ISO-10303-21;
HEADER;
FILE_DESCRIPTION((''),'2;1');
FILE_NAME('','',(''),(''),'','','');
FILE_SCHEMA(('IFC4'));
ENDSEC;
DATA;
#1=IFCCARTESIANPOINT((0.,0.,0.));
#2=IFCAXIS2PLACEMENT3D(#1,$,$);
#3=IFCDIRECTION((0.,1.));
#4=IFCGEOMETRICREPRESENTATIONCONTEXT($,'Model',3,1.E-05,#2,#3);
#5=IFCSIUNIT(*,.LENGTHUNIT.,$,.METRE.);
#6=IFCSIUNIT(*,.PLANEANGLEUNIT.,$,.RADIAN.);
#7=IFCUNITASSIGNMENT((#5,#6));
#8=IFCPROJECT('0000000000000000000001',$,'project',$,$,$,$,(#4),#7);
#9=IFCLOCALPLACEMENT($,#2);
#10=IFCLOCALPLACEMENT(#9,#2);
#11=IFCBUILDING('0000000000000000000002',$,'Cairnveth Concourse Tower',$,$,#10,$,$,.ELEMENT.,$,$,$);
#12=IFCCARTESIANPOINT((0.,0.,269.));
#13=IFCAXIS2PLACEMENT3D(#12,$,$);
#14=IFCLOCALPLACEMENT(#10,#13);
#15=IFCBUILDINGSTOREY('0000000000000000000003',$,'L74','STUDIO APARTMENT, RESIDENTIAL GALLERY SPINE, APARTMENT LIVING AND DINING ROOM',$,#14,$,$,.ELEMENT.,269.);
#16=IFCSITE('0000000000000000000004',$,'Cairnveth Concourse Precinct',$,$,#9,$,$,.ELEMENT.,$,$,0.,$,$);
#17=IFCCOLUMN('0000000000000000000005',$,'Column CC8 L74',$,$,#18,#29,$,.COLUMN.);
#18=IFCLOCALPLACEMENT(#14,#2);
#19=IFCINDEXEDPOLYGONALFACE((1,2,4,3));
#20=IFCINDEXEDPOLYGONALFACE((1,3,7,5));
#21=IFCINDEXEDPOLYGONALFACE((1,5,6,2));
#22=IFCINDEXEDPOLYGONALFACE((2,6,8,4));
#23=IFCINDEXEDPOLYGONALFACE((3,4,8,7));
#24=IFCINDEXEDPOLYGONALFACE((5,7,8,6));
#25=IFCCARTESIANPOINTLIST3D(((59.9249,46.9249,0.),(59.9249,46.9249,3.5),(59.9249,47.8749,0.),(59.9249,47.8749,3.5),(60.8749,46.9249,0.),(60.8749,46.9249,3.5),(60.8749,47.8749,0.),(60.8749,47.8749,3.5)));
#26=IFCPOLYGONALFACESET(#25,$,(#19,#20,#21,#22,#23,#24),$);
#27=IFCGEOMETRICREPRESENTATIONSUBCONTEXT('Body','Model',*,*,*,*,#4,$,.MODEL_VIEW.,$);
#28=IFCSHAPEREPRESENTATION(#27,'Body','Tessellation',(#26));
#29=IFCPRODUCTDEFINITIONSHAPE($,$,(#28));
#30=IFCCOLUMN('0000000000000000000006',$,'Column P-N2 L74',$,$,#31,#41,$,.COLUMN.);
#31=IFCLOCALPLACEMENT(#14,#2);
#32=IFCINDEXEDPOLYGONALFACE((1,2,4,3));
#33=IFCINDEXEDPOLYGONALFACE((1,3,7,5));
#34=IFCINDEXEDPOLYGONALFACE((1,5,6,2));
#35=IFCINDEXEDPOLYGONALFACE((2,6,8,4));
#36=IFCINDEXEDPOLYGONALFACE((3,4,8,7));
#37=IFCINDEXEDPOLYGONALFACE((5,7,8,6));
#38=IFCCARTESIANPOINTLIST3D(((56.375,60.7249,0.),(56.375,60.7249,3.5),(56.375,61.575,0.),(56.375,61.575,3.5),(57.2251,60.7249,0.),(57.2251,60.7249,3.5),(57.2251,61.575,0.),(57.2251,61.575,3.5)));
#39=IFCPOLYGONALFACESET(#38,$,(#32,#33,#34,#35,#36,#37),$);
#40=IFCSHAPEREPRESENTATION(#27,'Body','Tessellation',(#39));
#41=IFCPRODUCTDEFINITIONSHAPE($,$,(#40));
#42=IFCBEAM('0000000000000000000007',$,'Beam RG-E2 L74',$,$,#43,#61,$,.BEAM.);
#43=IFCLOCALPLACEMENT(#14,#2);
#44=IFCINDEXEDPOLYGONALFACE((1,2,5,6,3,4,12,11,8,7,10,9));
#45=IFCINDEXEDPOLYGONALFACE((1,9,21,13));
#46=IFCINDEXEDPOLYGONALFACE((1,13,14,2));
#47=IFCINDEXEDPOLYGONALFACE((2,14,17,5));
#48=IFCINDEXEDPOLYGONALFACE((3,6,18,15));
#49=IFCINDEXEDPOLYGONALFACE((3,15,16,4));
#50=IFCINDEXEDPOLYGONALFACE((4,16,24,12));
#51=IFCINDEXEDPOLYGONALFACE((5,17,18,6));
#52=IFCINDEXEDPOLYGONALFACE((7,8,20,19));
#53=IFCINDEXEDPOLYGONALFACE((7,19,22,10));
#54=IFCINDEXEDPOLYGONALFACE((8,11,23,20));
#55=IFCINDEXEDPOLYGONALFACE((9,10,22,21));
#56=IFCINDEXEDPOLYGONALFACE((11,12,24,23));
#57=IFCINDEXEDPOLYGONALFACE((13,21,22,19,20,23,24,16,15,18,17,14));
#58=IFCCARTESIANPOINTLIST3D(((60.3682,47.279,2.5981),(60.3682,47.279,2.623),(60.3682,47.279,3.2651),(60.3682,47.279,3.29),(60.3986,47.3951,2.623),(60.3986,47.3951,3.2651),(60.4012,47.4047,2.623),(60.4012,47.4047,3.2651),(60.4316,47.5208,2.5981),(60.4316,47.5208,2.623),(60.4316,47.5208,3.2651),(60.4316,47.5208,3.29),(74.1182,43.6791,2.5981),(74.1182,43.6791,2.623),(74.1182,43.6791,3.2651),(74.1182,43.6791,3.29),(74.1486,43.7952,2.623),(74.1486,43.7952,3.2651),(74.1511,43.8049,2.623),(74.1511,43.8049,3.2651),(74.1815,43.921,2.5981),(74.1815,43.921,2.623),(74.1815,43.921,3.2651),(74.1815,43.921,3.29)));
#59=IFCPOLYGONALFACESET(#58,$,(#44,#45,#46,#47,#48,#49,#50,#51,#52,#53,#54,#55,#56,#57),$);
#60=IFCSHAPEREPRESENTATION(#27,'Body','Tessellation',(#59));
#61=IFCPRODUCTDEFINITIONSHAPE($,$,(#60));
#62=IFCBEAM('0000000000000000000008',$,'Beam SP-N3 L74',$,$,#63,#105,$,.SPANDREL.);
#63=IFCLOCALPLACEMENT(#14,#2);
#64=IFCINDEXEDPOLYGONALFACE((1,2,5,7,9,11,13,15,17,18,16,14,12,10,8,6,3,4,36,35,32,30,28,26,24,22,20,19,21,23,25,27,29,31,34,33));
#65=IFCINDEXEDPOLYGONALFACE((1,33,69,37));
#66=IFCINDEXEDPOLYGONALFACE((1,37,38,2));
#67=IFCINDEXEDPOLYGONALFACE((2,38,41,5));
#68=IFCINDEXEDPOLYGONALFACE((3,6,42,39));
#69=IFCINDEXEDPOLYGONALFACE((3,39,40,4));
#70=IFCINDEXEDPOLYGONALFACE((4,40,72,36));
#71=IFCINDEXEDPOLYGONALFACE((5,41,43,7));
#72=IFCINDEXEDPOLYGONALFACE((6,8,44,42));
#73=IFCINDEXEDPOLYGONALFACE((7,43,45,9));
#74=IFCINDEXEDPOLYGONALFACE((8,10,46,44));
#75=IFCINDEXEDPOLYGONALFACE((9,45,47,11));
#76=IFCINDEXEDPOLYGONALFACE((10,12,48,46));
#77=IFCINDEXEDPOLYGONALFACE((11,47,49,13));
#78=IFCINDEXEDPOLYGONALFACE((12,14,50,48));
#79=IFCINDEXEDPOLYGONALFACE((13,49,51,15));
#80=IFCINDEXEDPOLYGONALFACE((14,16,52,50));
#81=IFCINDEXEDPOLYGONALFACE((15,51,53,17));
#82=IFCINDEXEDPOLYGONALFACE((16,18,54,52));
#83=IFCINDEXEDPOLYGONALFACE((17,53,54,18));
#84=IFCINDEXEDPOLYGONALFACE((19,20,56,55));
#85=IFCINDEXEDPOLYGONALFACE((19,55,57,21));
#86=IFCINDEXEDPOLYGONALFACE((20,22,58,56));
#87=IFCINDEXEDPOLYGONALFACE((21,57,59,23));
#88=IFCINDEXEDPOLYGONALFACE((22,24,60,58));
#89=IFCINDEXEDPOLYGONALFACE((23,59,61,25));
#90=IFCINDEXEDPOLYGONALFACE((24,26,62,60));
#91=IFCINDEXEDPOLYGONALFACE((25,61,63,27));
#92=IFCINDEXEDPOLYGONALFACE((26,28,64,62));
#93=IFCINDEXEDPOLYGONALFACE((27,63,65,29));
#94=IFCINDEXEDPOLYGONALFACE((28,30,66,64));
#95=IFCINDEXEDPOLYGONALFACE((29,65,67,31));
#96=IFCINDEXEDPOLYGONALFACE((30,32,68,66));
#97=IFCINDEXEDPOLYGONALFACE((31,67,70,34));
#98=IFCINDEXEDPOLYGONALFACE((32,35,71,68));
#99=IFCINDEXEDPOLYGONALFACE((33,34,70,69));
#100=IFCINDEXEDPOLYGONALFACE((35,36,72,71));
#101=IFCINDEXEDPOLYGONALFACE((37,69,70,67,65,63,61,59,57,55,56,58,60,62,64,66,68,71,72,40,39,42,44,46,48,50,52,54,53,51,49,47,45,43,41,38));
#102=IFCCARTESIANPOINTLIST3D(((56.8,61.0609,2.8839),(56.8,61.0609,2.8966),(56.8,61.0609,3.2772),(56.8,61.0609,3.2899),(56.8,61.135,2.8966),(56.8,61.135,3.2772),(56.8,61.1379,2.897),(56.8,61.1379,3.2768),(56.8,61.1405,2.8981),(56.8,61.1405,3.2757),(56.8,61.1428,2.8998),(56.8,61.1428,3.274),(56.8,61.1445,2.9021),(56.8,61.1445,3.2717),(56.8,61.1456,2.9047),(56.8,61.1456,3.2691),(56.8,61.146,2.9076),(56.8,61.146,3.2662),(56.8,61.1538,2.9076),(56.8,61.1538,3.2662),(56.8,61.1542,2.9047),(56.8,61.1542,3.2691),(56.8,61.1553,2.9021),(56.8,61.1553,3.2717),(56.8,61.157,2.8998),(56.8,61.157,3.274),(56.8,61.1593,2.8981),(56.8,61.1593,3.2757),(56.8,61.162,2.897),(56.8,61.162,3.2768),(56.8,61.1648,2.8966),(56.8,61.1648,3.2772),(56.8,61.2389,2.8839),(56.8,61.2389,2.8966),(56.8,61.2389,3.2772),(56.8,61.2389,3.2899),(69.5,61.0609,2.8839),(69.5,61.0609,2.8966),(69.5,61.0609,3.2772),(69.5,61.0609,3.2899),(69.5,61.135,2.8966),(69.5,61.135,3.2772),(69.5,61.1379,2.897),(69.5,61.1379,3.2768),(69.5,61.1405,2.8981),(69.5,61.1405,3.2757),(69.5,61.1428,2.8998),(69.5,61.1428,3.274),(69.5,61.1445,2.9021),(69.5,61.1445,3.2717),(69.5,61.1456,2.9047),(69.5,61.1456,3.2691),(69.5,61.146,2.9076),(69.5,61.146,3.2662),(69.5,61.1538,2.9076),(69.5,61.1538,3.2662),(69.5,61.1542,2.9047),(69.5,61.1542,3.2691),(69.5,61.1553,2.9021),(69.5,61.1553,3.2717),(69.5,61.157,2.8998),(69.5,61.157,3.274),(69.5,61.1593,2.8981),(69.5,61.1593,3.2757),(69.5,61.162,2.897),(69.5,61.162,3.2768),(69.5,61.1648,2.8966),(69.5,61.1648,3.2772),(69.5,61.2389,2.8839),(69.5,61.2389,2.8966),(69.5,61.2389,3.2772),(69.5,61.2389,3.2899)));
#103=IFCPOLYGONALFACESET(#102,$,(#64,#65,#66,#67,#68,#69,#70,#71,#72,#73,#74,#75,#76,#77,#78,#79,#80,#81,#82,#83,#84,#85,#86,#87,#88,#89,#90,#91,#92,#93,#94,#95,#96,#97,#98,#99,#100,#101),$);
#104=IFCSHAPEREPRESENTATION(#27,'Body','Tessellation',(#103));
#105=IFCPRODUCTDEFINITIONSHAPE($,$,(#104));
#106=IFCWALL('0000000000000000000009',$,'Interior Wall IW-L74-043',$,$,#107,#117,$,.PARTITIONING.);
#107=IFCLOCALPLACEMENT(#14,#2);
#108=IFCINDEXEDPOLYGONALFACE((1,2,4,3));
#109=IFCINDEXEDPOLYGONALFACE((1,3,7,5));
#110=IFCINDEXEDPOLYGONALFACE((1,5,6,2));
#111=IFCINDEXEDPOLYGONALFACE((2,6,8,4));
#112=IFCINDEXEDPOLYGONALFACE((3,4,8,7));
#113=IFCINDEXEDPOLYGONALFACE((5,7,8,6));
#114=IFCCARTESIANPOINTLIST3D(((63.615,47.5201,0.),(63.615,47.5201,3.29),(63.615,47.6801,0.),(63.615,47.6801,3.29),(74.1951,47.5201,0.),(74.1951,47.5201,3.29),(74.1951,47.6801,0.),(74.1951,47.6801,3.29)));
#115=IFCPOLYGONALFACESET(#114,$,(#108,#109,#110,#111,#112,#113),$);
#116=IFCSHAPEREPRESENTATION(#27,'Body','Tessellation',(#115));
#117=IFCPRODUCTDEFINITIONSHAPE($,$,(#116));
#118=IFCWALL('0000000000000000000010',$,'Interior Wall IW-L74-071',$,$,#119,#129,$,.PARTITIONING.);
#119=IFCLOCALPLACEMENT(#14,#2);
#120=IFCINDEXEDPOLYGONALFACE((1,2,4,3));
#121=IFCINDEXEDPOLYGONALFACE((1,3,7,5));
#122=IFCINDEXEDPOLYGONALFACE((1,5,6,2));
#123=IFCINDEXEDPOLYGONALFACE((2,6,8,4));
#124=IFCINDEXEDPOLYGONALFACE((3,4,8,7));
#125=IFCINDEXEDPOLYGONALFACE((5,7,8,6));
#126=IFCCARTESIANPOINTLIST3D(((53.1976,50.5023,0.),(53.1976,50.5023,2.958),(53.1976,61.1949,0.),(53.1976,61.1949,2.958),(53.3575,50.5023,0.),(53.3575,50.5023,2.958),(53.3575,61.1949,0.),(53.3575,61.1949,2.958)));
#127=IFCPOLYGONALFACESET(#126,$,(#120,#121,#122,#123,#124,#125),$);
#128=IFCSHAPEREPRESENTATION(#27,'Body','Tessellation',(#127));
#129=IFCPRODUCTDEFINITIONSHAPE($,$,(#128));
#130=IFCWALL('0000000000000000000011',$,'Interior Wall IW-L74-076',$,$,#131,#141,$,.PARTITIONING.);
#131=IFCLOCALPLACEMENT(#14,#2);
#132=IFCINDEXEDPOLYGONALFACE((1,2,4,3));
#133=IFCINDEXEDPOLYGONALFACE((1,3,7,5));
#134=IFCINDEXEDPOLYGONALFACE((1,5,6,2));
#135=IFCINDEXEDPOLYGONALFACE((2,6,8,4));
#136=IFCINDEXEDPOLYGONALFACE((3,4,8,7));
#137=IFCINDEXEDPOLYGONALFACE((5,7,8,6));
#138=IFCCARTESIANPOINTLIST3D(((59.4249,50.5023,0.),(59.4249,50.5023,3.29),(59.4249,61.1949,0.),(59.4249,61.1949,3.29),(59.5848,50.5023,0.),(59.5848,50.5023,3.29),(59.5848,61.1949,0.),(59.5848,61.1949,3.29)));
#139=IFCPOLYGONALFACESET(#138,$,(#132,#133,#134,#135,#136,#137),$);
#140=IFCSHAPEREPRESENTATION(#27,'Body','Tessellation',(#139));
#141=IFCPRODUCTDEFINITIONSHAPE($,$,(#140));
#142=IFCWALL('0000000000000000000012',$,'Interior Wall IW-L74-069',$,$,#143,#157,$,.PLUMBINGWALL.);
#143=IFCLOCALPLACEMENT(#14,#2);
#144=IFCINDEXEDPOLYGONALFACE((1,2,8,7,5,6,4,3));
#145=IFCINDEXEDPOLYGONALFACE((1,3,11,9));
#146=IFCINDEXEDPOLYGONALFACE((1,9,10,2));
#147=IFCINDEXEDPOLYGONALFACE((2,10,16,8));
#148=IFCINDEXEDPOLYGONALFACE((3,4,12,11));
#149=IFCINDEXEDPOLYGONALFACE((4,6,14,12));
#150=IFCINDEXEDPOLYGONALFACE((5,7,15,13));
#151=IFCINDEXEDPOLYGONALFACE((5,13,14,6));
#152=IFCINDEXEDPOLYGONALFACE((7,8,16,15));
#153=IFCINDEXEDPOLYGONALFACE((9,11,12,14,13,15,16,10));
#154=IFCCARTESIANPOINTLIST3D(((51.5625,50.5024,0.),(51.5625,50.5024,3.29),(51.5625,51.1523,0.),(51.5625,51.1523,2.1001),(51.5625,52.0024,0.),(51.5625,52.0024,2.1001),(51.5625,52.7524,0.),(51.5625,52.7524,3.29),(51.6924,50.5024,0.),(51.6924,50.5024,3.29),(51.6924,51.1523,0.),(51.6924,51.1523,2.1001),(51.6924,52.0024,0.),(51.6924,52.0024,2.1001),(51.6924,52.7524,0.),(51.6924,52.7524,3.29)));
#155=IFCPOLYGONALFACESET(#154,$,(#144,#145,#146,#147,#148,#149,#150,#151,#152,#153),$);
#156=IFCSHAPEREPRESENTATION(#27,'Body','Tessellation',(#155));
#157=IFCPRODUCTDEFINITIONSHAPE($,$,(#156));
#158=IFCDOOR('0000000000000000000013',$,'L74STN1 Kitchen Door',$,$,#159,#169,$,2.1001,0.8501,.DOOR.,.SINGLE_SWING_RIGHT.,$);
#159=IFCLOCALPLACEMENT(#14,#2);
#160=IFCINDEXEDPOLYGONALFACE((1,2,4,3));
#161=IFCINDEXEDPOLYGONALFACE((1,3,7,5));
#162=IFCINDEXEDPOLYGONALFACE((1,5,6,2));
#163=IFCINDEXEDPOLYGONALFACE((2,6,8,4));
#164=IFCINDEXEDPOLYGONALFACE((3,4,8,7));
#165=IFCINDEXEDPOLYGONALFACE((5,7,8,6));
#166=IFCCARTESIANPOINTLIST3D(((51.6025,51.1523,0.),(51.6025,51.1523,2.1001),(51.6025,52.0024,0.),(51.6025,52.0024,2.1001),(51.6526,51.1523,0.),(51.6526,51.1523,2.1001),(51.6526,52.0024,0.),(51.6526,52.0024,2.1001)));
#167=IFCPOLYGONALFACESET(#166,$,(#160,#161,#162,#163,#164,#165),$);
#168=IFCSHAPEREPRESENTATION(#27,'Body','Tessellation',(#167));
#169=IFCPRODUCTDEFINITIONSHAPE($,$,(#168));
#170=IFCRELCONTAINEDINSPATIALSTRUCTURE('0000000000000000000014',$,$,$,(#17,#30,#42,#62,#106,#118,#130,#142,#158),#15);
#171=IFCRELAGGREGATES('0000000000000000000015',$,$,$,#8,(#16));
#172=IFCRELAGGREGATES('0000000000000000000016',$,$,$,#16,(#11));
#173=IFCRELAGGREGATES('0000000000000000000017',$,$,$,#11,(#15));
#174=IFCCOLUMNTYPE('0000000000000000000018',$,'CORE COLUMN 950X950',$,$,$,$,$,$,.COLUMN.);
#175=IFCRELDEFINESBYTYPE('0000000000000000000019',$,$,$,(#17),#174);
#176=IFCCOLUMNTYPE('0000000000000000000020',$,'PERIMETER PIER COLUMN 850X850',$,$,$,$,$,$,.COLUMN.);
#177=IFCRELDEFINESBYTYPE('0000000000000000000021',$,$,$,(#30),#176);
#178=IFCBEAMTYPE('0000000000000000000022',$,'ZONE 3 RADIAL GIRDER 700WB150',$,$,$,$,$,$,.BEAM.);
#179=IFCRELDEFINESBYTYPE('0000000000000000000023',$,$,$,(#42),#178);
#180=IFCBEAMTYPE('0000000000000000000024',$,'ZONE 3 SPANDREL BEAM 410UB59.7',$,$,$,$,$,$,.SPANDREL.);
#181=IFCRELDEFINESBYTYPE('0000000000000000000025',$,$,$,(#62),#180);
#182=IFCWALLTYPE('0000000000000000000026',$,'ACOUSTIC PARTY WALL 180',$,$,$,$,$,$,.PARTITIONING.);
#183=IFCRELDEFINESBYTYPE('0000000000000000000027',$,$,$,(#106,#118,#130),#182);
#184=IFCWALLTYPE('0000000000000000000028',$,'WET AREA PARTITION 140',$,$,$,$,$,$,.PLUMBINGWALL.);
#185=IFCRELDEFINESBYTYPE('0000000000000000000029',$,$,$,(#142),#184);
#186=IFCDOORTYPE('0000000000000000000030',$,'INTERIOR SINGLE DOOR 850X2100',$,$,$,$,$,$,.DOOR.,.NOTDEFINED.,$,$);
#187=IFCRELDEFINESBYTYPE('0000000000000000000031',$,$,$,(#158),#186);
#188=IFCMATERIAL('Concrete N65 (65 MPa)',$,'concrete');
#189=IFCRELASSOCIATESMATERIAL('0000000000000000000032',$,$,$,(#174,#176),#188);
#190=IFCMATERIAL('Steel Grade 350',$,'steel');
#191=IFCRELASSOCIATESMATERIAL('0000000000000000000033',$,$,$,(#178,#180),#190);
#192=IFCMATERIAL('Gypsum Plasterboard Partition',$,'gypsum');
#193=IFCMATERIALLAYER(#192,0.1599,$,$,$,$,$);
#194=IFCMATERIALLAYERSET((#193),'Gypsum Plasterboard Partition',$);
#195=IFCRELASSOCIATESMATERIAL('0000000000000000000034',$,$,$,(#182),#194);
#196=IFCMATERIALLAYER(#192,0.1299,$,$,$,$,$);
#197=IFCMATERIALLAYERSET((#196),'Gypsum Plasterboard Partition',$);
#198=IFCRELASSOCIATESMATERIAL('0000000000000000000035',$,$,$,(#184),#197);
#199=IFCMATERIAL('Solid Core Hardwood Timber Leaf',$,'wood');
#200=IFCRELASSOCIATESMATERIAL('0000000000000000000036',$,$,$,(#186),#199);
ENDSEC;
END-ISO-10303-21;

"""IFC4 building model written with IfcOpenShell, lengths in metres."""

from ifc_helpers import new_model, si_unit, direction, frame, frame_2d, origin, origin_2d, place, context, subcontext, project, spatial, rectangle, i_section, extrude, material, layer, layer_set, material_profile, profile_set, type_object, element, fill, save


model = new_model("IFC4")

# Units and contexts
model_context = context("Model", 3, precision=1e-05, world=origin(), true_north=direction((0.0, 1.0)))
body_context = subcontext(model_context, "Body", "Model", "MODEL_VIEW")
ifc_project = project(units=[si_unit("LENGTHUNIT", "METRE"), si_unit("PLANEANGLEUNIT", "RADIAN")], contexts=[model_context])

# Site, building, storey
site_placement = place(None, origin())
site = spatial("IfcSite", under=ifc_project, at=site_placement, Name="Cairnveth Concourse Precinct", CompositionType="ELEMENT", RefElevation=0.0)
building_placement = place(site_placement, origin())
building = spatial("IfcBuilding", under=site, at=building_placement, Name="Cairnveth Concourse Tower", CompositionType="ELEMENT")
storey_placement = place(building_placement, frame((0.0, 0.0, 269.0)))
storey = spatial("IfcBuildingStorey", under=building, at=storey_placement, Name="L74", Description="STUDIO APARTMENT, RESIDENTIAL GALLERY SPINE, APARTMENT LIVING AND DINING ROOM", CompositionType="ELEMENT", Elevation=269.0)

# Columns
ifc_material_1 = material(Name="Concrete N65 (65 MPa)", Category="concrete")
ifc_material_profile_1 = material_profile(ifc_material_1, rectangle(XDim=0.95, YDim=0.95, at=origin_2d()), Name="RC-COL-950x950")
ifc_profile_set_1 = profile_set([ifc_material_profile_1], Name="Concrete N65 (65 MPa)")
column_type_1 = type_object("IfcColumnType", Name="CORE COLUMN 950X950", PredefinedType="COLUMN", material=ifc_profile_set_1)
column_1_placement = place(storey_placement, frame((60.3999, 47.3999, 0.0), z_axis=(0.0, 0.0, 1.0), x_axis=(1.0, 0.0, 0.0)))
element("IfcColumn", 1, at=column_1_placement, inside=storey, type_object=column_type_1, Name="Column CC8 L74", PredefinedType="COLUMN", context=body_context, shape_type="SweptSolid", body=[
    extrude(rectangle(XDim=0.95, YDim=0.95, at=origin_2d()), origin(), (0.0, 0.0, 1.0), 3.5),
])
ifc_material_profile_2 = material_profile(ifc_material_1, rectangle(XDim=0.8501, YDim=0.8501, at=origin_2d()), Name="RC-COL-850x850")
ifc_profile_set_2 = profile_set([ifc_material_profile_2], Name="Concrete N65 (65 MPa)")
column_type_2 = type_object("IfcColumnType", Name="PERIMETER PIER COLUMN 850X850", PredefinedType="COLUMN", material=ifc_profile_set_2)
column_2_placement = place(storey_placement, frame((56.8, 61.1499, 0.0), z_axis=(0.0, 0.0, 1.0), x_axis=(1.0, 0.0, 0.0)))
element("IfcColumn", 2, at=column_2_placement, inside=storey, type_object=column_type_2, Name="Column P-N2 L74", PredefinedType="COLUMN", context=body_context, shape_type="SweptSolid", body=[
    extrude(rectangle(XDim=0.8501, YDim=0.8501, at=origin_2d()), origin(), (0.0, 0.0, 1.0), 3.5),
])

# Beams
ifc_material_2 = material(Name="Steel Grade 350", Category="steel")
ifc_material_profile_3 = material_profile(ifc_material_2, i_section(OverallWidth=0.25, OverallDepth=0.6919, WebThickness=0.01, FlangeThickness=0.0249, at=origin_2d()), Name="700WB150")
ifc_profile_set_3 = profile_set([ifc_material_profile_3], Name="Steel Grade 350")
beam_type_1 = type_object("IfcBeamType", Name="ZONE 3 RADIAL GIRDER 700WB150", PredefinedType="BEAM", material=ifc_profile_set_3)
beam_1_placement = place(storey_placement, frame((60.3999, 47.3999, 2.9441), z_axis=(0.967395, -0.253271, 0.0), x_axis=(0.253271, 0.967395, 0.0)))
element("IfcBeam", 3, at=beam_1_placement, inside=storey, type_object=beam_type_1, Name="Beam RG-E2 L74", PredefinedType="BEAM", context=body_context, shape_type="SweptSolid", body=[
    extrude(i_section(OverallWidth=0.25, OverallDepth=0.6919, WebThickness=0.01, FlangeThickness=0.0249, at=origin_2d()), origin(), (0.0, 0.0, 1.0), 14.2134),
])
ifc_material_profile_4 = material_profile(ifc_material_2, i_section(OverallWidth=0.178, OverallDepth=0.406, WebThickness=0.0078, FlangeThickness=0.0127, FilletRadius=0.011, at=origin_2d()), Name="410UB59.7")
ifc_profile_set_4 = profile_set([ifc_material_profile_4], Name="Steel Grade 350")
beam_type_2 = type_object("IfcBeamType", Name="ZONE 3 SPANDREL BEAM 410UB59.7", PredefinedType="SPANDREL", material=ifc_profile_set_4)
beam_2_placement = place(storey_placement, frame((56.8, 61.1499, 3.0869), z_axis=(1.0, 0.0, 0.0), x_axis=(0.0, 1.0, 0.0)))
element("IfcBeam", 4, at=beam_2_placement, inside=storey, type_object=beam_type_2, Name="Beam SP-N3 L74", PredefinedType="SPANDREL", context=body_context, shape_type="SweptSolid", body=[
    extrude(i_section(OverallWidth=0.178, OverallDepth=0.406, WebThickness=0.0078, FlangeThickness=0.0127, FilletRadius=0.011, at=origin_2d()), origin(), (0.0, 0.0, 1.0), 12.7),
])

# Walls
ifc_material_3 = material(Name="Gypsum Plasterboard Partition", Category="gypsum")
ifc_layer_1 = layer(ifc_material_3, 0.1599)
ifc_layer_set_1 = layer_set([ifc_layer_1], Name="Gypsum Plasterboard Partition")
wall_type_1 = type_object("IfcWallType", Name="ACOUSTIC PARTY WALL 180", PredefinedType="PARTITIONING", material=ifc_layer_set_1)
wall_1_placement = place(storey_placement, frame((63.615, 47.6001, 0.0), z_axis=(0.0, 0.0, 1.0), x_axis=(1.0, 0.0, 0.0)))
element("IfcWall", 5, at=wall_1_placement, inside=storey, type_object=wall_type_1, Name="Interior Wall IW-L74-043", PredefinedType="PARTITIONING", context=body_context, shape_type="SweptSolid", body=[
    extrude(rectangle(XDim=10.5801, YDim=0.1599, at=frame_2d((5.29, 0.0))), origin(), (0.0, 0.0, 1.0), 3.29),
])
wall_2_placement = place(storey_placement, frame((53.2776, 50.5024, 0.0), z_axis=(0.0, 0.0, 1.0), x_axis=(0.0, 1.0, 0.0)))
element("IfcWall", 6, at=wall_2_placement, inside=storey, type_object=wall_type_1, Name="Interior Wall IW-L74-071", PredefinedType="PARTITIONING", context=body_context, shape_type="SweptSolid", body=[
    extrude(rectangle(XDim=10.6926, YDim=0.1599, at=frame_2d((5.3462, 0.0))), origin(), (0.0, 0.0, 1.0), 2.958),
])
wall_3_placement = place(storey_placement, frame((59.5049, 50.5024, 0.0), z_axis=(0.0, 0.0, 1.0), x_axis=(0.0, 1.0, 0.0)))
element("IfcWall", 7, at=wall_3_placement, inside=storey, type_object=wall_type_1, Name="Interior Wall IW-L74-076", PredefinedType="PARTITIONING", context=body_context, shape_type="SweptSolid", body=[
    extrude(rectangle(XDim=10.6926, YDim=0.1599, at=frame_2d((5.3462, 0.0))), origin(), (0.0, 0.0, 1.0), 3.29),
])

# Wall, opening, door
ifc_layer_2 = layer(ifc_material_3, 0.1299)
ifc_layer_set_2 = layer_set([ifc_layer_2], Name="Gypsum Plasterboard Partition")
wall_type_2 = type_object("IfcWallType", Name="WET AREA PARTITION 140", PredefinedType="PLUMBINGWALL", material=ifc_layer_set_2)
wall_4_placement = place(storey_placement, frame((51.6274, 50.5024, 0.0), z_axis=(0.0, 0.0, 1.0), x_axis=(0.0, 1.0, 0.0)))
wall_4 = element("IfcWall", 8, at=wall_4_placement, inside=storey, type_object=wall_type_2, Name="Interior Wall IW-L74-069", PredefinedType="PLUMBINGWALL", context=body_context, shape_type="SweptSolid", body=[
    extrude(rectangle(XDim=2.25, YDim=0.1299, at=frame_2d((1.125, 0.0))), origin(), (0.0, 0.0, 1.0), 3.29),
])
opening_1_placement = place(wall_4_placement, frame((0.6499, 0.0, 0.0)))
opening_1 = element("IfcOpeningElement", 9, at=opening_1_placement, cuts=wall_4, PredefinedType="OPENING", context=body_context, shape_type="SweptSolid", body=[
    extrude(rectangle(XDim=0.8501, YDim=2.1001, at=frame_2d((0.425, 1.05))), frame((0.0, 0.075, 0.0), z_axis=(0.0, -1.0, 0.0), x_axis=(1.0, 0.0, 0.0)), (0.0, 0.0, 1.0), 0.1499),
])
ifc_material_4 = material(Name="Solid Core Hardwood Timber Leaf", Category="wood")
door_type_1 = type_object("IfcDoorType", Name="INTERIOR SINGLE DOOR 850X2100", OperationType="NOTDEFINED", PredefinedType="DOOR", material=ifc_material_4)
door_1_placement = place(opening_1_placement, origin())
door_1 = element("IfcDoor", 10, at=door_1_placement, inside=storey, type_object=door_type_1, Name="L74STN1 Kitchen Door", OperationType="SINGLE_SWING_RIGHT", OverallHeight=2.1001, OverallWidth=0.8501, PredefinedType="DOOR", context=body_context, shape_type="SweptSolid", body=[
    extrude(rectangle(XDim=0.8501, YDim=2.1001, at=frame_2d((0.425, 1.05))), frame((0.0, 0.0249, 0.0), z_axis=(0.0, -1.0, 0.0), x_axis=(1.0, 0.0, 0.0)), (0.0, 0.0, 1.0), 0.05),
])
fill(opening_1, door_1)

save(model, "model.ifc")
